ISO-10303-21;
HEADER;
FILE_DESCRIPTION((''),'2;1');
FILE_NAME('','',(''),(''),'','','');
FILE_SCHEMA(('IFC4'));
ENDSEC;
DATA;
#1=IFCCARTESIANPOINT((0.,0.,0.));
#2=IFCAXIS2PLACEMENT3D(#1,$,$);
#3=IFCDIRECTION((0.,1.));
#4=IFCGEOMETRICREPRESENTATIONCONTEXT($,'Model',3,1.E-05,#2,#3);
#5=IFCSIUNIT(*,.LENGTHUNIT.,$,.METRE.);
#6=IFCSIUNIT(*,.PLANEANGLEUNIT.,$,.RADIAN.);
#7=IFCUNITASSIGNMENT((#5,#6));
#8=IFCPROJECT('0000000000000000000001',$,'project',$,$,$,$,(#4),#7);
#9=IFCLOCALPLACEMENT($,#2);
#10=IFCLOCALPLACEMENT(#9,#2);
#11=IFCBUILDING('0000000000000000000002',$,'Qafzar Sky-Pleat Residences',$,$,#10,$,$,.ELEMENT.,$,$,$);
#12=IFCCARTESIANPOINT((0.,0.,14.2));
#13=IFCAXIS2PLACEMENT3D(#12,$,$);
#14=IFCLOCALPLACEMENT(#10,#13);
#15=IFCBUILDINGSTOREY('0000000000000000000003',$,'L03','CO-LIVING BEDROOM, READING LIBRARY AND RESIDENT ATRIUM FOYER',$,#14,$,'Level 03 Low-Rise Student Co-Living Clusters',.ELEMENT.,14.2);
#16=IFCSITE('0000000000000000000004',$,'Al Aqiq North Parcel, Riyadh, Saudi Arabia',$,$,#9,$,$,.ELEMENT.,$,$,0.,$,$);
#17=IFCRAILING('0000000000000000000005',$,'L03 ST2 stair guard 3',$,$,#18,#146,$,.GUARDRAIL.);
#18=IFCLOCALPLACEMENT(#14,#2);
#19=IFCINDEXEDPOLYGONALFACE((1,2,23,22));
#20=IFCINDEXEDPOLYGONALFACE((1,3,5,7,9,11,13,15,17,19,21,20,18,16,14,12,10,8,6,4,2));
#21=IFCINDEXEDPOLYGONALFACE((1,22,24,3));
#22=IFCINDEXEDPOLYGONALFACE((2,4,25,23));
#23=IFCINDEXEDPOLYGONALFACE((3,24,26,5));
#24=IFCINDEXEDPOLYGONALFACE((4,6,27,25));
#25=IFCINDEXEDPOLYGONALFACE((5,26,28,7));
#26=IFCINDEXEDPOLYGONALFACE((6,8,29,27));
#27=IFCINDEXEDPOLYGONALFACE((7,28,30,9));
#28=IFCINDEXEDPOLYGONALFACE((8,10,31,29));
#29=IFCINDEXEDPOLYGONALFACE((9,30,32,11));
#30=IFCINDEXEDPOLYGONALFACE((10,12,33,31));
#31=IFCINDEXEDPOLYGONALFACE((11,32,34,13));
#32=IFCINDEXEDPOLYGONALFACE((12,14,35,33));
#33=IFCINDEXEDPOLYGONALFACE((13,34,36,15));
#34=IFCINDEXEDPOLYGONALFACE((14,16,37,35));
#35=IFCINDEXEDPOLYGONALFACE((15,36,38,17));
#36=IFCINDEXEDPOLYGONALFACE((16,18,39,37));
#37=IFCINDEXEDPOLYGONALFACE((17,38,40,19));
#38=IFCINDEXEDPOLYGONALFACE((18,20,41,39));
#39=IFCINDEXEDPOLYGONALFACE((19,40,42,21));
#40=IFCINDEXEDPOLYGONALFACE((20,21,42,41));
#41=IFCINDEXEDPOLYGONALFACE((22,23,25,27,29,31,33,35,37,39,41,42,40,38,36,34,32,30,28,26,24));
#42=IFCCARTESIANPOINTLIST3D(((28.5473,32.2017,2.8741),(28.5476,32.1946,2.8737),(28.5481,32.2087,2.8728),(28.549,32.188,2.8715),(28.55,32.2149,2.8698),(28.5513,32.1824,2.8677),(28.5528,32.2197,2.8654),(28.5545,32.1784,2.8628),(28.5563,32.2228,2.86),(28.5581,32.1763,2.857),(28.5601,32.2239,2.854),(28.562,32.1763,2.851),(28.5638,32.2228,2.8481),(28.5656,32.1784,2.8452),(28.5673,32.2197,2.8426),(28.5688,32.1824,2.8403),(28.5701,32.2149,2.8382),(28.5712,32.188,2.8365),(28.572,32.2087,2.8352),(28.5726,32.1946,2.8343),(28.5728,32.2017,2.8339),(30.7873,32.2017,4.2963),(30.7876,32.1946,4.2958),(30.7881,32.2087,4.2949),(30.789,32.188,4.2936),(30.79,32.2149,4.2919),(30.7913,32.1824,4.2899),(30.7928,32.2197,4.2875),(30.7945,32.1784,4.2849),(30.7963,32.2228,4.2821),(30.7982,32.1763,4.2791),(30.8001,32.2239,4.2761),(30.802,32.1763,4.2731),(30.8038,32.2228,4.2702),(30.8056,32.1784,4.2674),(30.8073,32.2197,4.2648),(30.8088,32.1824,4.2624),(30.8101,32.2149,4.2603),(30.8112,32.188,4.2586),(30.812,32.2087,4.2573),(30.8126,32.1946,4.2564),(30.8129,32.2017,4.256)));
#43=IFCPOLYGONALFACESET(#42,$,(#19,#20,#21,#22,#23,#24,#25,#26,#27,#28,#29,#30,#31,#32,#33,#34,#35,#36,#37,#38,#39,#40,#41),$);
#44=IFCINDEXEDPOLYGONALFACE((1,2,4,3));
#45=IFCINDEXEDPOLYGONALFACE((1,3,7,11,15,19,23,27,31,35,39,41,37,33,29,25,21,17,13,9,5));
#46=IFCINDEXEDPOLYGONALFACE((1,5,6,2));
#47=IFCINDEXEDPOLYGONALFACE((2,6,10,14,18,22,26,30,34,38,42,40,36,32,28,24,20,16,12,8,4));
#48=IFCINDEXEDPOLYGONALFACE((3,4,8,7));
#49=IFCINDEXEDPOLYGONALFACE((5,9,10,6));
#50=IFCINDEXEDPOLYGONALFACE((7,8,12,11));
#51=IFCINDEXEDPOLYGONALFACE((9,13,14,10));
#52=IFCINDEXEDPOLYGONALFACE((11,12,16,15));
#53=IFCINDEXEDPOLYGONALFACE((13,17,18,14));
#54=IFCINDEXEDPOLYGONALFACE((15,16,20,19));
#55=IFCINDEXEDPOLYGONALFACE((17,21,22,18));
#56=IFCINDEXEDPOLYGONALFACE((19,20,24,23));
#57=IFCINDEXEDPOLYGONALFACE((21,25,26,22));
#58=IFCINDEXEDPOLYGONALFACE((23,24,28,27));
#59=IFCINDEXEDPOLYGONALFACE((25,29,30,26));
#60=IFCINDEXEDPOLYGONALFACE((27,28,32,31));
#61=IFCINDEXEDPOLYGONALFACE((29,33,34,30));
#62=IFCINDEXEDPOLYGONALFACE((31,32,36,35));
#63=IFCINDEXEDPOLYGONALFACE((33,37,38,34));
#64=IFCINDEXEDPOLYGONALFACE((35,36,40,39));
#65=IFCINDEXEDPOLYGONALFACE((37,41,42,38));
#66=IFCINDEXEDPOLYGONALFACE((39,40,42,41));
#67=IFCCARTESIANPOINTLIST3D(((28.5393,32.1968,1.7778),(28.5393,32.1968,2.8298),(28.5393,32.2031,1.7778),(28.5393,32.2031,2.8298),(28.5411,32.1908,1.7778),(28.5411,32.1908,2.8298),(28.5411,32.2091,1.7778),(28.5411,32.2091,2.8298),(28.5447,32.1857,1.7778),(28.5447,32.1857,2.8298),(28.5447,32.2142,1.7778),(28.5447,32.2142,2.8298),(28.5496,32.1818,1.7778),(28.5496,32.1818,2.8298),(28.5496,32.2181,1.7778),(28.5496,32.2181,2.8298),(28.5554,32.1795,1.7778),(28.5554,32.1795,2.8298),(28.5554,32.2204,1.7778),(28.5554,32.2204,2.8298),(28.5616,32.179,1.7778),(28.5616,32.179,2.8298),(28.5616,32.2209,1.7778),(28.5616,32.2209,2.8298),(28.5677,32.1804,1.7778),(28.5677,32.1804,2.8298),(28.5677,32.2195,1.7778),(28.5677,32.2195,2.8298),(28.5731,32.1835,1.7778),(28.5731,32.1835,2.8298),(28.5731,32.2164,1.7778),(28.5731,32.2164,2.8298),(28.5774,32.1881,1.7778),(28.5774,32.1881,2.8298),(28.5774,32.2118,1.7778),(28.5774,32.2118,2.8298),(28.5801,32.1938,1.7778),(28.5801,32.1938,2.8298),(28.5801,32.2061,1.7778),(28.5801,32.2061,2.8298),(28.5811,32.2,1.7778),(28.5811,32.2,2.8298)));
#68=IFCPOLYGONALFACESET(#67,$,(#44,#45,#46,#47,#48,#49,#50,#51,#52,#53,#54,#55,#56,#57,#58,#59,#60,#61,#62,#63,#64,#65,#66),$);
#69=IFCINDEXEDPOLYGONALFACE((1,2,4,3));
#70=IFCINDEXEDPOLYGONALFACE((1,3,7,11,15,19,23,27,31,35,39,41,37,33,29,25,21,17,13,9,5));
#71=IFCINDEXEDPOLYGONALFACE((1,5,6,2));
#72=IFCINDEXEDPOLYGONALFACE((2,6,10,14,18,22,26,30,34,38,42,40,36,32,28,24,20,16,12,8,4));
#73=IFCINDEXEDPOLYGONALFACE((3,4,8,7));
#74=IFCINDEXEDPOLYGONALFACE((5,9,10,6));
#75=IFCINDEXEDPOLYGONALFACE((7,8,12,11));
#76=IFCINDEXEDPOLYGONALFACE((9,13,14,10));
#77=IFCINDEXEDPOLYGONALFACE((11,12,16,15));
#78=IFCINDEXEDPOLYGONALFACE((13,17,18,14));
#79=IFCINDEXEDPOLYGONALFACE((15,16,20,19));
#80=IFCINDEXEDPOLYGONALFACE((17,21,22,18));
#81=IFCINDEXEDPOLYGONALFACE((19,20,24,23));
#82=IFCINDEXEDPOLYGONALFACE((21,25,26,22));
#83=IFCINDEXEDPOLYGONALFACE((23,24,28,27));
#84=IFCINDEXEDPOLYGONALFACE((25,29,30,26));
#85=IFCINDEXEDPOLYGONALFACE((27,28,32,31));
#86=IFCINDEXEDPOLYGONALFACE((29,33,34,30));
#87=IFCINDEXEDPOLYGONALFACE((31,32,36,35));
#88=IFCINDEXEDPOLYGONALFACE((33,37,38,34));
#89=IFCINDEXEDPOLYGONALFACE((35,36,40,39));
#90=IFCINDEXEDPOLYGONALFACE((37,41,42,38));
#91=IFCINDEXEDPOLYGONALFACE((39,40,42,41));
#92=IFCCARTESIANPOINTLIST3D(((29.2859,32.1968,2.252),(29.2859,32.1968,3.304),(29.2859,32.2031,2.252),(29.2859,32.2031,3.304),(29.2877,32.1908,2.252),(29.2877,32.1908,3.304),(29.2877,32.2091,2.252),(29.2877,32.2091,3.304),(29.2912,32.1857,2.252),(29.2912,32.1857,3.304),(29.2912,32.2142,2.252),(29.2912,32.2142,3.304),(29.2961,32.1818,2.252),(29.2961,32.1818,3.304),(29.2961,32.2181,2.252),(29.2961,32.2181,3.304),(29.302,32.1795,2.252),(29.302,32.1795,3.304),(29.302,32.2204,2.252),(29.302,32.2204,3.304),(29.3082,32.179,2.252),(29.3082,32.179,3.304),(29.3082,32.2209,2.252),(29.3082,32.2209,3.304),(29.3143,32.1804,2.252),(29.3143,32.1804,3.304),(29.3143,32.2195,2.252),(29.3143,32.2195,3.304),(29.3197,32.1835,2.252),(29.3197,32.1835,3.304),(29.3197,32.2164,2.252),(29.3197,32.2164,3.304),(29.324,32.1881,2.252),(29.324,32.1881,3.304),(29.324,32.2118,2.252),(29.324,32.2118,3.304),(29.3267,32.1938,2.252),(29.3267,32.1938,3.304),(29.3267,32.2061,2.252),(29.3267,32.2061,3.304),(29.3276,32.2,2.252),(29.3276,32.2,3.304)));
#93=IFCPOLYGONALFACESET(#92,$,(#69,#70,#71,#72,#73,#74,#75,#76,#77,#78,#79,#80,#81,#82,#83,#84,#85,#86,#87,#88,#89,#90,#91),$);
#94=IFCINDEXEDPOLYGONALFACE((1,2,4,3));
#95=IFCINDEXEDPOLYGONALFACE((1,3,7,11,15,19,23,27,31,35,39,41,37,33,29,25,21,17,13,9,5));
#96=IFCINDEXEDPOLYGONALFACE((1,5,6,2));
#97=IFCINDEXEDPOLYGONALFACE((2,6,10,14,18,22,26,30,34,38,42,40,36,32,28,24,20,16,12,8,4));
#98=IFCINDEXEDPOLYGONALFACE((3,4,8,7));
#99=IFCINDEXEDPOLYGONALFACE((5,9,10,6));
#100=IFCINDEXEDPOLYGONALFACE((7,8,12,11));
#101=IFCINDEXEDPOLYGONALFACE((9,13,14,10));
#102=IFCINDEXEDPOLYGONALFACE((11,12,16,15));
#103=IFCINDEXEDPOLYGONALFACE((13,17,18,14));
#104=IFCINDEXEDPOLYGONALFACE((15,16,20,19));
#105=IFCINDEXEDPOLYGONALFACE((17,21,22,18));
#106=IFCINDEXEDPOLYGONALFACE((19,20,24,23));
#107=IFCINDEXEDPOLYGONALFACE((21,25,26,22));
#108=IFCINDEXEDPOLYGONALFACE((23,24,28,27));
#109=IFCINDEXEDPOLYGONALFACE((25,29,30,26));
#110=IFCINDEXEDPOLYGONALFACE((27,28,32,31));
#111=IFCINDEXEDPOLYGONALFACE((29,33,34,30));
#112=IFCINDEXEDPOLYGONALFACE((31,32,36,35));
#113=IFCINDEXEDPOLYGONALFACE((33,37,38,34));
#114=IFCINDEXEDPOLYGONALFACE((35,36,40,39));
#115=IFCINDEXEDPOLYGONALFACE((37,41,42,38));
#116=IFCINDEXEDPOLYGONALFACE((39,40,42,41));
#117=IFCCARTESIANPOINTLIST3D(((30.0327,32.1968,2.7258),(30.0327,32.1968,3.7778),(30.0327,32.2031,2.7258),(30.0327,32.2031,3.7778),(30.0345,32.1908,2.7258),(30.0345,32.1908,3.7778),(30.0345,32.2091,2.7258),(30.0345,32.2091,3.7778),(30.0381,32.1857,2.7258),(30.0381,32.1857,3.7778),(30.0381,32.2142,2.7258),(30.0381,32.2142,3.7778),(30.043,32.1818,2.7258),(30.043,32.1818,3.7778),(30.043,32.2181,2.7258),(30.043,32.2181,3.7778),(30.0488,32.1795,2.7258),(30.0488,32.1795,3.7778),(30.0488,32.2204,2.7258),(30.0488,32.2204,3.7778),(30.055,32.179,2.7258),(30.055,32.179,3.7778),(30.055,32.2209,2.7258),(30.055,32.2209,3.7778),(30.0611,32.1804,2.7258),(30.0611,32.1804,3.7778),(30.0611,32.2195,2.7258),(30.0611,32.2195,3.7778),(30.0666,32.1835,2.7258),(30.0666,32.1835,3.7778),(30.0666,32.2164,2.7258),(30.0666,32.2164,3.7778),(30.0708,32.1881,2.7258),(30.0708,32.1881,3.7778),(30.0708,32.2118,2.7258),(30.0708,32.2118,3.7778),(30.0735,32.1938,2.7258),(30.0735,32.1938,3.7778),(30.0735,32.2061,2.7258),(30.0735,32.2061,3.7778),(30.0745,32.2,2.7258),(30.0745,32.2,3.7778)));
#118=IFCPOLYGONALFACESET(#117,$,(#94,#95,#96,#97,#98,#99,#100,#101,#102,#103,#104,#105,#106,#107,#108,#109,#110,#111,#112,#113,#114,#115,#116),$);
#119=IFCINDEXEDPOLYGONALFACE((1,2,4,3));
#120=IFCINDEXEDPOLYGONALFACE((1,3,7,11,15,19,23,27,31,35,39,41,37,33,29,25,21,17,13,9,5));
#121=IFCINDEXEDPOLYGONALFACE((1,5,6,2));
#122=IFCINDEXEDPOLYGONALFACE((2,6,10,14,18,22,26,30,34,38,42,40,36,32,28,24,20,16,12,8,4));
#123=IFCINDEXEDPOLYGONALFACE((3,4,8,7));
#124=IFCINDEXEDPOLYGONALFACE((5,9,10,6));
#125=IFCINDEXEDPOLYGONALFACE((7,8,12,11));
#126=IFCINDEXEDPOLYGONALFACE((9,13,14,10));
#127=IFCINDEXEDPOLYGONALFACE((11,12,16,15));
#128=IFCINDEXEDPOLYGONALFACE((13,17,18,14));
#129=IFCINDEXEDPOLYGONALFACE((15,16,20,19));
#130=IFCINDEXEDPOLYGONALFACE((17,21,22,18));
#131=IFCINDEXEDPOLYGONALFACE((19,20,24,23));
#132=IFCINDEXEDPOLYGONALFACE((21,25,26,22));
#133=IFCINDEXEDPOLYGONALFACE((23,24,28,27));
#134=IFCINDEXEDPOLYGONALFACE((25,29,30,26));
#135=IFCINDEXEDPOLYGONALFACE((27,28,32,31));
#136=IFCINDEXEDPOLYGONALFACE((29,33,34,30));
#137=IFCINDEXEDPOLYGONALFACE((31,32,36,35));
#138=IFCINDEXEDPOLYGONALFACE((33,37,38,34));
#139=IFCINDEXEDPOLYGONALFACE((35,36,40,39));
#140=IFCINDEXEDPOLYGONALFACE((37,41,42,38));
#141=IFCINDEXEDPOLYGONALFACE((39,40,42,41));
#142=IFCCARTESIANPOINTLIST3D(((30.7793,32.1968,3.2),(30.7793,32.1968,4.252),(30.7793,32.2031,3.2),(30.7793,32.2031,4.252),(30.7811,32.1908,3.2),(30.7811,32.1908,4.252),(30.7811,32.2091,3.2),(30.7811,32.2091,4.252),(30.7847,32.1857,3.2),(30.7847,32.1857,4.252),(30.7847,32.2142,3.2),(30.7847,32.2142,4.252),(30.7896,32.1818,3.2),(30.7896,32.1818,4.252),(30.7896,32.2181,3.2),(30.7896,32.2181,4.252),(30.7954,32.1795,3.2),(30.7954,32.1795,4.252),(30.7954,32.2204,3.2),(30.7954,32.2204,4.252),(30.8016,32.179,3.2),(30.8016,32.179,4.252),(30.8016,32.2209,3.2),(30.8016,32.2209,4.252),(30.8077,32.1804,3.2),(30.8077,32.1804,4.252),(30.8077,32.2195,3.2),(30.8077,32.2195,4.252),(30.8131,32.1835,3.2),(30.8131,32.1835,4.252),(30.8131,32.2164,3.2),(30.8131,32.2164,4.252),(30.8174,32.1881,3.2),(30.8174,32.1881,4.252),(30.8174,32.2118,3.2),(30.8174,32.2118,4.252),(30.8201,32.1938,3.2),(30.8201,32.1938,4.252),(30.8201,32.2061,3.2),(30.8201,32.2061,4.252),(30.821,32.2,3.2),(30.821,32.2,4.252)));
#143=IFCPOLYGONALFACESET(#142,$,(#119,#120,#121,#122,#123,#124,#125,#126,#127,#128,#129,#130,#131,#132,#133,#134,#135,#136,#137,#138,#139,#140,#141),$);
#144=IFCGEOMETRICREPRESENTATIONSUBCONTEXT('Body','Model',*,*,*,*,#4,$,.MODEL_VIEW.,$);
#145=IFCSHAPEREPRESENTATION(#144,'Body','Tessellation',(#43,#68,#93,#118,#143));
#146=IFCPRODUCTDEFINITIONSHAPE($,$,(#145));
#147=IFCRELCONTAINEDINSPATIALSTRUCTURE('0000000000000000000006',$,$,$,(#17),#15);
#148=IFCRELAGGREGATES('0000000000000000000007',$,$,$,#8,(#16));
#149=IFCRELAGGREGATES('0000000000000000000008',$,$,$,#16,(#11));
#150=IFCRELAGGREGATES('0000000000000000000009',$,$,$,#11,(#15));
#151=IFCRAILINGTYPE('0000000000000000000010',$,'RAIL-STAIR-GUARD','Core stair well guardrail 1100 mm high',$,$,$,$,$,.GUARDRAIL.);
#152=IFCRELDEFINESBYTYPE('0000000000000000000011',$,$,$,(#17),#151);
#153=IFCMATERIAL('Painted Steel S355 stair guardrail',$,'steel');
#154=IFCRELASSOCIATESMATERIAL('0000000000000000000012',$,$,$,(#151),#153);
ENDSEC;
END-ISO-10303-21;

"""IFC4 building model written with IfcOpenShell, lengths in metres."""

from ifc_helpers import new_model, si_unit, direction, frame, origin, origin_2d, place, context, subcontext, project, spatial, circle, extrude, source, transform, mapped, material, type_object, element, save


model = new_model("IFC4")

# Units and contexts
model_context = context("Model", 3, precision=1e-05, world=origin(), true_north=direction((0.0, 1.0)))
body_context = subcontext(model_context, "Body", "Model", "MODEL_VIEW")
ifc_project = project(units=[si_unit("LENGTHUNIT", "METRE"), si_unit("PLANEANGLEUNIT", "RADIAN")], contexts=[model_context])

# Site, building, storey
site_placement = place(None, origin())
site = spatial("IfcSite", under=ifc_project, at=site_placement, Name="Al Aqiq North Parcel, Riyadh, Saudi Arabia", CompositionType="ELEMENT", RefElevation=0.0)
building_placement = place(site_placement, origin())
building = spatial("IfcBuilding", under=site, at=building_placement, Name="Qafzar Sky-Pleat Residences", CompositionType="ELEMENT")
storey_placement = place(building_placement, frame((0.0, 0.0, 14.2)))
storey = spatial("IfcBuildingStorey", under=building, at=storey_placement, Name="L03", Description="CO-LIVING BEDROOM, READING LIBRARY AND RESIDENT ATRIUM FOYER", LongName="Level 03 Low-Rise Student Co-Living Clusters", CompositionType="ELEMENT", Elevation=14.2)

# Railing
ifc_material_1 = material(Name="Painted Steel S355 stair guardrail", Category="steel")
railing_type_1 = type_object("IfcRailingType", Name="RAIL-STAIR-GUARD", Description="Core stair well guardrail 1100 mm high", PredefinedType="GUARDRAIL", material=ifc_material_1)
shared_shape_1 = source(origin(), body_context, "Body", "SweptSolid", [
    extrude(circle(Radius=0.0239, at=origin_2d()), frame((0.0, 0.0, 1.0762), z_axis=(0.844229, 0.0, 0.535982), x_axis=(0.0, 1.0, 0.0)), (0.0, 0.0, 1.0), 2.6533),
    extrude(circle(Radius=0.021, at=origin_2d()), origin(), (0.0, 0.0, 1.0), 1.052),
    extrude(circle(Radius=0.021, at=origin_2d()), frame((0.7466, 0.0, 0.4741)), (0.0, 0.0, 1.0), 1.052),
    extrude(circle(Radius=0.021, at=origin_2d()), frame((1.4934, 0.0, 0.948)), (0.0, 0.0, 1.0), 1.052),
    extrude(circle(Radius=0.021, at=origin_2d()), frame((2.24, 0.0, 1.4221)), (0.0, 0.0, 1.0), 1.052),
])
railing_1_placement = place(storey_placement, frame((28.5601, 32.2, 1.7778)))
element("IfcRailing", 1, at=railing_1_placement, inside=storey, type_object=railing_type_1, Name="L03 ST2 stair guard 3", PredefinedType="GUARDRAIL", context=body_context, shape_type="MappedRepresentation", body=[
    mapped(shared_shape_1, transform((0.0, 0.0, 0.0), x_axis=(1.0, 0.0, 0.0), y_axis=(0.0, 1.0, 0.0), z_axis=(0.0, 0.0, 1.0), scale=1.0)),
])

save(model, "model.ifc")
